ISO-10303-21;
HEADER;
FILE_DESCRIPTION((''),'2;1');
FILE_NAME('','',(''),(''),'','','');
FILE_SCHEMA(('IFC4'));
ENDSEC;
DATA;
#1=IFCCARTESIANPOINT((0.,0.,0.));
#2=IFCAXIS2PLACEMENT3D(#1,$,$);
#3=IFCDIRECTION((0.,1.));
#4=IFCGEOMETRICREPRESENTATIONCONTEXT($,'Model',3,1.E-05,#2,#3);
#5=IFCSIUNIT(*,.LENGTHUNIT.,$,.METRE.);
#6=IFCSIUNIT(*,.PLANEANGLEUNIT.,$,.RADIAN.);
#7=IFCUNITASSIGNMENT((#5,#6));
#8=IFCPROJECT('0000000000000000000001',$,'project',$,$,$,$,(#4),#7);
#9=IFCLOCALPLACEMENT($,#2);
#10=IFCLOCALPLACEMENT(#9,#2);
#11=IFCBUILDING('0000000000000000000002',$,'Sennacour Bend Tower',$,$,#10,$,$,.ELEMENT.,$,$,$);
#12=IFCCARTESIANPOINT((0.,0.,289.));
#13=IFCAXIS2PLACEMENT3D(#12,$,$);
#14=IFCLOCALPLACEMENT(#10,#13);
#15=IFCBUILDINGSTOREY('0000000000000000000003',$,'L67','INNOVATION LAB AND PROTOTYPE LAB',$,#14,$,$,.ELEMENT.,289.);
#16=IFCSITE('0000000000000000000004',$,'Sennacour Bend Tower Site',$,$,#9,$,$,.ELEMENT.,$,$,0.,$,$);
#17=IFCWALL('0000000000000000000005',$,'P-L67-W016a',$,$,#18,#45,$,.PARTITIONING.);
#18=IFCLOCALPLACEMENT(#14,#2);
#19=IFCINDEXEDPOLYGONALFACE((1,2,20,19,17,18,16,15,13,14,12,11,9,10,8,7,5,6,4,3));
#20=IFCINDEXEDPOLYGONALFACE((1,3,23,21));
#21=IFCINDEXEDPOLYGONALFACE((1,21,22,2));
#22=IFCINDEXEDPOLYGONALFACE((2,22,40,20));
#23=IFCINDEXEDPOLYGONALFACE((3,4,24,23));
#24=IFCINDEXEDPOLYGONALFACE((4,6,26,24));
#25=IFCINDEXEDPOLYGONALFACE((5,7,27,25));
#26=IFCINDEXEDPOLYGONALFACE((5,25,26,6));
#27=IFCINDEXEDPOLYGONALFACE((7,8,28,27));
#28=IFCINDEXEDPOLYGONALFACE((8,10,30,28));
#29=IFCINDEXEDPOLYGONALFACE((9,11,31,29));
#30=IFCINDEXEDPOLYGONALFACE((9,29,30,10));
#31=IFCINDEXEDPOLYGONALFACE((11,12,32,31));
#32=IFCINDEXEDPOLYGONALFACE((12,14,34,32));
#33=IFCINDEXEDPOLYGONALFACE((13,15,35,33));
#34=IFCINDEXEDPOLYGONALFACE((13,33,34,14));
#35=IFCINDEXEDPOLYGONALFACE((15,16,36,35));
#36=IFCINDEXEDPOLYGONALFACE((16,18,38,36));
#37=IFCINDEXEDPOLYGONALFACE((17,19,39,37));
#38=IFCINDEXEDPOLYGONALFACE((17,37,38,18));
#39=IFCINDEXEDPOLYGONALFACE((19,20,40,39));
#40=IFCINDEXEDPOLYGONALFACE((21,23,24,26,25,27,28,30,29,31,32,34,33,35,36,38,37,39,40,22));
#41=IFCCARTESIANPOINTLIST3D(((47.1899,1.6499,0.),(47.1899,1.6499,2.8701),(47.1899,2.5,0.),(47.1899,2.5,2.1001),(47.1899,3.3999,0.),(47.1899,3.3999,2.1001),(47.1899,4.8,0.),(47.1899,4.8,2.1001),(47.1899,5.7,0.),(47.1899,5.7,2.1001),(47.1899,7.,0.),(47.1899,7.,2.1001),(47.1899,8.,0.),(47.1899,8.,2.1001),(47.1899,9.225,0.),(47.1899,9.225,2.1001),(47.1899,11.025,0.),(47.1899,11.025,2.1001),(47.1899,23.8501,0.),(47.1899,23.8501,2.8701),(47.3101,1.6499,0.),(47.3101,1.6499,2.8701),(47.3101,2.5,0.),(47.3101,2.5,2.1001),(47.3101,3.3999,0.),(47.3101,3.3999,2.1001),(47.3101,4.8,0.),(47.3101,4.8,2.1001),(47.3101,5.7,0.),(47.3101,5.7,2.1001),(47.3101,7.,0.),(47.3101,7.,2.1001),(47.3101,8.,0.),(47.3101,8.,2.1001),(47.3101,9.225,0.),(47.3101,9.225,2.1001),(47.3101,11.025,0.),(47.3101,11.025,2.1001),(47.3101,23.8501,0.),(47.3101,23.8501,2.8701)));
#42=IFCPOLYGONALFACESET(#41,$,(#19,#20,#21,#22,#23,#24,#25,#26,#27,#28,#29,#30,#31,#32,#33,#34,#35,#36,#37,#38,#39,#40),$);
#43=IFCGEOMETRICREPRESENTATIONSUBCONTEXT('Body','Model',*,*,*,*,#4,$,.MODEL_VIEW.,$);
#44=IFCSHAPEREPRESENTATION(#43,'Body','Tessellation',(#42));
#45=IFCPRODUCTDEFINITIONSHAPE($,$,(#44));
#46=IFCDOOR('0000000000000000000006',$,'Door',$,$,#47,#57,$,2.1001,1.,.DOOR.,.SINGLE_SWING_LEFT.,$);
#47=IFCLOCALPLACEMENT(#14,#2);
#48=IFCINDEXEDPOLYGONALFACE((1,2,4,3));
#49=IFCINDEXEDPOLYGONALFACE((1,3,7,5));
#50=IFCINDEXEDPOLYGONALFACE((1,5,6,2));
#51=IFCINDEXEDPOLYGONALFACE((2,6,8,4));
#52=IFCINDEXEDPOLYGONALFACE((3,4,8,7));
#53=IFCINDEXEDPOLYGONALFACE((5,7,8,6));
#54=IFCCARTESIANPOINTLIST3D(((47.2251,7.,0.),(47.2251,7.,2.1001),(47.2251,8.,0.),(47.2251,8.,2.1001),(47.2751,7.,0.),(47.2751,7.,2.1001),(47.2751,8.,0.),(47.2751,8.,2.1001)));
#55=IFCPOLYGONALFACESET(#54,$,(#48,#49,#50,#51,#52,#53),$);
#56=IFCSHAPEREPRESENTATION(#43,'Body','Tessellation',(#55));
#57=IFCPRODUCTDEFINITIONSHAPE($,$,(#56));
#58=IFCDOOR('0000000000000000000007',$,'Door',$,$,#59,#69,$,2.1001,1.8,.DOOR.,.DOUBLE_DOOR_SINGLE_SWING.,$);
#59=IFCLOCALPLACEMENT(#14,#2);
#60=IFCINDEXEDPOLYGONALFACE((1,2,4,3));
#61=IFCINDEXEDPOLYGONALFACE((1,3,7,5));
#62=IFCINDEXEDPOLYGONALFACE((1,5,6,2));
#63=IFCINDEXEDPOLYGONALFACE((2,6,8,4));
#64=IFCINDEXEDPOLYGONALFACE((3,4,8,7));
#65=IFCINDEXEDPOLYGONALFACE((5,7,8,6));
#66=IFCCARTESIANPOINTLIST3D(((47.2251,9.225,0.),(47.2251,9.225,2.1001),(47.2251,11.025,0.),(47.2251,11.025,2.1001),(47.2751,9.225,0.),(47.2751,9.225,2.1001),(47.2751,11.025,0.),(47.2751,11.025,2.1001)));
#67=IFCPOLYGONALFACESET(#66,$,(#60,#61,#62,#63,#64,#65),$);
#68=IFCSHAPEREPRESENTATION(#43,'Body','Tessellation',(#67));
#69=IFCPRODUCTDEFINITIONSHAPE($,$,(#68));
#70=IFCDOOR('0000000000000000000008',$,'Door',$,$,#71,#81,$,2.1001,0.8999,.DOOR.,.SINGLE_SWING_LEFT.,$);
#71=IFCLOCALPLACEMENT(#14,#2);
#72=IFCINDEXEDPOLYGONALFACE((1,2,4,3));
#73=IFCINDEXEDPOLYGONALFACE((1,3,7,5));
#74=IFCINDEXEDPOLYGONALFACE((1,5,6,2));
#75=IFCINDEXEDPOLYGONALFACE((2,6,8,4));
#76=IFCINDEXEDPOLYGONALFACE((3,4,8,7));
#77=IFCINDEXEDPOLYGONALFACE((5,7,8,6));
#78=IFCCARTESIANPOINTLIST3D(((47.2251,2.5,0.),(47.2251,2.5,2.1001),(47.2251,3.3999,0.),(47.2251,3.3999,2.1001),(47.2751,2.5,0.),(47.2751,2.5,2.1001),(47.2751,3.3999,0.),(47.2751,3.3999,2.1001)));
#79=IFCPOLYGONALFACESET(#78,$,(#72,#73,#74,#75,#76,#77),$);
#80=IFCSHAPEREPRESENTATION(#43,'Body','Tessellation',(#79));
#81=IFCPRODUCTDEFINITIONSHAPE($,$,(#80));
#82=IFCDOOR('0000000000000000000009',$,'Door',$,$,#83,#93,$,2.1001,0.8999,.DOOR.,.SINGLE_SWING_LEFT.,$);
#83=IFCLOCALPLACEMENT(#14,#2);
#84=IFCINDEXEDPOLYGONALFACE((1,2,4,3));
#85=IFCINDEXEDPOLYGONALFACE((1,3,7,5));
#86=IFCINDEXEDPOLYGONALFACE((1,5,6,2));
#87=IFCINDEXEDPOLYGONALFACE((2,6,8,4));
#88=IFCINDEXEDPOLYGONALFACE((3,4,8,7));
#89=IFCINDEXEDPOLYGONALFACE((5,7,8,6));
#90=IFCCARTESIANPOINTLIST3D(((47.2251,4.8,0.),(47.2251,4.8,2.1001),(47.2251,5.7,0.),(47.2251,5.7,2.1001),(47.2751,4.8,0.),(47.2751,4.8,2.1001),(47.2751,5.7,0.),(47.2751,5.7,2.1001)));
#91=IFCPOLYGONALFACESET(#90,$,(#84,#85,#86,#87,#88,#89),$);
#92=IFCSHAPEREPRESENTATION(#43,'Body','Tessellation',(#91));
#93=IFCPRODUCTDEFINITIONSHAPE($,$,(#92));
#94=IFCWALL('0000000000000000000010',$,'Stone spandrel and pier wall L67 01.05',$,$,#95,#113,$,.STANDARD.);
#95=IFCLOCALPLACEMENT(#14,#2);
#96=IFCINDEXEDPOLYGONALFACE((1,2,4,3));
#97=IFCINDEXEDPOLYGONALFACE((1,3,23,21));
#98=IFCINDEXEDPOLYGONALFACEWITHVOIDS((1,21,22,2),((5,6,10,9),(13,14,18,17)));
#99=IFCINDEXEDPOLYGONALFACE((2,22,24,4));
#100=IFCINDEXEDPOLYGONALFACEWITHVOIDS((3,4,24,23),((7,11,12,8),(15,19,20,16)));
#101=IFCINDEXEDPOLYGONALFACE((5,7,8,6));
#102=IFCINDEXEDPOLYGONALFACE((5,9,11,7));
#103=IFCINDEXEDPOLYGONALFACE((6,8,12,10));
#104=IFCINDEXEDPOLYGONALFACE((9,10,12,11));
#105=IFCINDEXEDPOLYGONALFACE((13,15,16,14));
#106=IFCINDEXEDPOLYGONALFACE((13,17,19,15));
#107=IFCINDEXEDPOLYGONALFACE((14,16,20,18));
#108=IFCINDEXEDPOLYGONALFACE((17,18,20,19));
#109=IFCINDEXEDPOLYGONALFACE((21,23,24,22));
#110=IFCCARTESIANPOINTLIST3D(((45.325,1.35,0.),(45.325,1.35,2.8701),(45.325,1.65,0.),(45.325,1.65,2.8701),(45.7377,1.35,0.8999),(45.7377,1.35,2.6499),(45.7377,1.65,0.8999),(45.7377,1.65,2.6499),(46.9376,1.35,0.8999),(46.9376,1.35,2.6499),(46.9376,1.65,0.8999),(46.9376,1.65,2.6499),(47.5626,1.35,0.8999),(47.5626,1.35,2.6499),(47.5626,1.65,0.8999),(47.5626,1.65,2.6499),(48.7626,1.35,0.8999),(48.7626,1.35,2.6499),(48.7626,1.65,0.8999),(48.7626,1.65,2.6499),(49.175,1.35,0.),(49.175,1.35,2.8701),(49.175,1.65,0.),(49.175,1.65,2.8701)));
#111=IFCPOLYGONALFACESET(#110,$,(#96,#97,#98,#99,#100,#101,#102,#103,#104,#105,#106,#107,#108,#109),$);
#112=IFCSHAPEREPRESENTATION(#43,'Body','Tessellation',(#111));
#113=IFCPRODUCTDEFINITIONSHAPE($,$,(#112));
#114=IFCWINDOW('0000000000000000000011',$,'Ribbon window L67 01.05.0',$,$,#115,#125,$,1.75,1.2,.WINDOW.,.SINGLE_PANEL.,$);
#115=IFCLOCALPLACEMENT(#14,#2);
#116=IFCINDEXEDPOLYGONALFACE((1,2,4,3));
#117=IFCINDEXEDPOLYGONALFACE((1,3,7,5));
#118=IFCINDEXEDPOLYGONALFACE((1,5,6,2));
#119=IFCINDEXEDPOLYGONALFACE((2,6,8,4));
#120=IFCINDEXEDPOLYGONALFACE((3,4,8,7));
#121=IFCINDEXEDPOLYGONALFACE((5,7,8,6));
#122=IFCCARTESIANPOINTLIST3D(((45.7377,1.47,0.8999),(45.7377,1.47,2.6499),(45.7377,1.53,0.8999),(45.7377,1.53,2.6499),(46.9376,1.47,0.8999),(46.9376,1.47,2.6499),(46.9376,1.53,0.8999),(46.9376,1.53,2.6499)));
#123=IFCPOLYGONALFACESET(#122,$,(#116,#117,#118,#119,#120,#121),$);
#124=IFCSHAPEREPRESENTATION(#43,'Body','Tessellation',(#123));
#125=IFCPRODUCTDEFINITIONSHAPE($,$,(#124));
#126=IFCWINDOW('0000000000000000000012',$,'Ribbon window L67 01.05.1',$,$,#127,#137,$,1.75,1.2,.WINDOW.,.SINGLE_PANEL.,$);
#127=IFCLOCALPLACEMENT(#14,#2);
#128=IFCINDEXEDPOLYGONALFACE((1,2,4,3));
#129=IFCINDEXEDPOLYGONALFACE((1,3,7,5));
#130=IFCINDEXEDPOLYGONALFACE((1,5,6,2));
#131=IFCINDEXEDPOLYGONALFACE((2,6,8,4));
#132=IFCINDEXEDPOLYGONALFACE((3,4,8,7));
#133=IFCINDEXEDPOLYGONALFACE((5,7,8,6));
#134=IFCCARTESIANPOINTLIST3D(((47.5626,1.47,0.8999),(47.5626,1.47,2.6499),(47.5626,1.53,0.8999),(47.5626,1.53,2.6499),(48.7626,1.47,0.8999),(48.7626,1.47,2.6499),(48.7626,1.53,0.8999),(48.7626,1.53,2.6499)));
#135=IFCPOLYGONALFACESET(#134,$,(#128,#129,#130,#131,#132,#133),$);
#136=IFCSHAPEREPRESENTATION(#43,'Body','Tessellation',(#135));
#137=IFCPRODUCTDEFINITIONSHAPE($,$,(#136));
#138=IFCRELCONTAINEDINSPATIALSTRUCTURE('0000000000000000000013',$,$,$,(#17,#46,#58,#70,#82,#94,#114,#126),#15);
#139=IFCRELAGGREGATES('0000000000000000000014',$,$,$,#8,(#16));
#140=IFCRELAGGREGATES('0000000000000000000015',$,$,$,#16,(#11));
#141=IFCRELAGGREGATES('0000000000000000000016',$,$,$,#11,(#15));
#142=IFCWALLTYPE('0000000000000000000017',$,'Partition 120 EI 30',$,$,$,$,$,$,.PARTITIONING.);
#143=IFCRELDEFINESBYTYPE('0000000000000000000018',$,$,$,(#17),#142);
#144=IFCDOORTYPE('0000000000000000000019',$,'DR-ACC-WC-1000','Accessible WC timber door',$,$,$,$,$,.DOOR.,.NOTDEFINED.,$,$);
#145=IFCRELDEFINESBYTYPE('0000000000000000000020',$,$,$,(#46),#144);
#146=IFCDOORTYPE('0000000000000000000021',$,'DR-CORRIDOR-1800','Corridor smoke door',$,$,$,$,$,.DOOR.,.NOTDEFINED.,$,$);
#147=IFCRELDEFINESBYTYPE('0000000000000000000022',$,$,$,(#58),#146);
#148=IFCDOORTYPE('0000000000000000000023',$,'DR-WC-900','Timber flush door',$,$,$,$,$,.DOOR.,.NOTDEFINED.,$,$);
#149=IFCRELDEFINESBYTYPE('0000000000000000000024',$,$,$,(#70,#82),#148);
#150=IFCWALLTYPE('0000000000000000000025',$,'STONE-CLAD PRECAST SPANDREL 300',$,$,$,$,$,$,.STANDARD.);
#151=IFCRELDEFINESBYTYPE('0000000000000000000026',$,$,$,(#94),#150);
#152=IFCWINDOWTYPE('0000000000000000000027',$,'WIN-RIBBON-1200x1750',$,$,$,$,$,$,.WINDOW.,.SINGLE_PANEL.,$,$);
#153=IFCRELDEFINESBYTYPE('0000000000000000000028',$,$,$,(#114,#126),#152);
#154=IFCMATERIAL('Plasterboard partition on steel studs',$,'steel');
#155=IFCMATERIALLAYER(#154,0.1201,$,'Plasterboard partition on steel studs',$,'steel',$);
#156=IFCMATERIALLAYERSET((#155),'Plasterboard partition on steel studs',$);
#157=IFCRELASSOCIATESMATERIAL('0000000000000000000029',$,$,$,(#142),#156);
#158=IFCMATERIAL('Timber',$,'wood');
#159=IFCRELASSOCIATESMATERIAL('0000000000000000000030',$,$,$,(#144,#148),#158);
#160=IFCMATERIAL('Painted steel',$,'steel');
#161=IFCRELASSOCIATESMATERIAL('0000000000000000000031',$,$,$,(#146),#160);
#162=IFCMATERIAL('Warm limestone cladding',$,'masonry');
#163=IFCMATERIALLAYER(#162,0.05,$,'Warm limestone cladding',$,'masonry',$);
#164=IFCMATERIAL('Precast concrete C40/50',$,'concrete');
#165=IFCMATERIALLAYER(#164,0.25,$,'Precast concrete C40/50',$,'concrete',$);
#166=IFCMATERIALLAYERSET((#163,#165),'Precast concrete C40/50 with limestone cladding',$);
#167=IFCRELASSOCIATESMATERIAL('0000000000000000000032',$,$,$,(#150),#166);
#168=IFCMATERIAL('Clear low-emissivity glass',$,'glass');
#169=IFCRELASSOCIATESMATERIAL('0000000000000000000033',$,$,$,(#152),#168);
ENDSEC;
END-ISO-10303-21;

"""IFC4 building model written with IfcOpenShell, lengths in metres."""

from ifc_helpers import new_model, si_unit, direction, frame, frame_2d, origin, place, context, subcontext, project, spatial, rectangle, extrude, material, layer, layer_set, type_object, element, fill, save


model = new_model("IFC4")

# Units and contexts
model_context = context("Model", 3, precision=1e-05, world=origin(), true_north=direction((0.0, 1.0)))
body_context = subcontext(model_context, "Body", "Model", "MODEL_VIEW")
ifc_project = project(units=[si_unit("LENGTHUNIT", "METRE"), si_unit("PLANEANGLEUNIT", "RADIAN")], contexts=[model_context])

# Site, building, storey
site_placement = place(None, origin())
site = spatial("IfcSite", under=ifc_project, at=site_placement, Name="Sennacour Bend Tower Site", CompositionType="ELEMENT", RefElevation=0.0)
building_placement = place(site_placement, origin())
building = spatial("IfcBuilding", under=site, at=building_placement, Name="Sennacour Bend Tower", CompositionType="ELEMENT")
storey_placement = place(building_placement, frame((0.0, 0.0, 289.0)))
storey = spatial("IfcBuildingStorey", under=building, at=storey_placement, Name="L67", Description="INNOVATION LAB AND PROTOTYPE LAB", CompositionType="ELEMENT", Elevation=289.0)

# Shared definitions
ifc_material_1 = material(Name="Painted steel", Category="steel")

# Shared definitions
ifc_material_2 = material(Name="Plasterboard partition on steel studs", Category="steel")

# Wall, openings, doors
ifc_layer_1 = layer(ifc_material_2, 0.1201, Name="Plasterboard partition on steel studs", Category="steel")
ifc_layer_set_1 = layer_set([ifc_layer_1], Name="Plasterboard partition on steel studs")
wall_type_1 = type_object("IfcWallType", Name="Partition 120 EI 30", PredefinedType="PARTITIONING", material=ifc_layer_set_1)
wall_1_placement = place(storey_placement, frame((47.25, 1.6499, 0.0), z_axis=(0.0, 0.0, 1.0), x_axis=(0.0, 1.0, 0.0)))
wall_1 = element("IfcWall", 1, at=wall_1_placement, inside=storey, type_object=wall_type_1, Name="P-L67-W016a", PredefinedType="PARTITIONING", context=body_context, shape_type="SweptSolid", body=[
    extrude(rectangle(XDim=22.2002, YDim=0.1201, at=frame_2d((11.1001, 0.0))), origin(), (0.0, 0.0, 1.0), 2.8701),
])
opening_1_placement = place(wall_1_placement, frame((7.5752, 0.0, 0.0)))
opening_1 = element("IfcOpeningElement", 2, at=opening_1_placement, cuts=wall_1, PredefinedType="OPENING", context=body_context, shape_type="SweptSolid", body=[
    extrude(rectangle(XDim=1.8, YDim=2.1001, at=frame_2d((0.8999, 1.05))), frame((0.0, 0.0701, 0.0), z_axis=(0.0, -1.0, 0.0), x_axis=(1.0, 0.0, 0.0)), (0.0, 0.0, 1.0), 0.1401),
])
opening_2_placement = place(wall_1_placement, frame((0.8501, 0.0, 0.0)))
opening_2 = element("IfcOpeningElement", 3, at=opening_2_placement, cuts=wall_1, PredefinedType="OPENING", context=body_context, shape_type="SweptSolid", body=[
    extrude(rectangle(XDim=0.8999, YDim=2.1001, at=frame_2d((0.45, 1.05))), frame((0.0, 0.0701, 0.0), z_axis=(0.0, -1.0, 0.0), x_axis=(1.0, 0.0, 0.0)), (0.0, 0.0, 1.0), 0.1401),
])
opening_3_placement = place(wall_1_placement, frame((3.1501, 0.0, 0.0)))
opening_3 = element("IfcOpeningElement", 4, at=opening_3_placement, cuts=wall_1, PredefinedType="OPENING", context=body_context, shape_type="SweptSolid", body=[
    extrude(rectangle(XDim=0.8999, YDim=2.1001, at=frame_2d((0.45, 1.05))), frame((0.0, 0.0701, 0.0), z_axis=(0.0, -1.0, 0.0), x_axis=(1.0, 0.0, 0.0)), (0.0, 0.0, 1.0), 0.1401),
])
opening_4_placement = place(wall_1_placement, frame((5.3501, 0.0, 0.0)))
opening_4 = element("IfcOpeningElement", 5, at=opening_4_placement, cuts=wall_1, PredefinedType="OPENING", context=body_context, shape_type="SweptSolid", body=[
    extrude(rectangle(XDim=1.0, YDim=2.1001, at=frame_2d((0.5, 1.05))), frame((0.0, 0.0701, 0.0), z_axis=(0.0, -1.0, 0.0), x_axis=(1.0, 0.0, 0.0)), (0.0, 0.0, 1.0), 0.1401),
])
ifc_material_3 = material(Name="Timber", Category="wood")
door_type_1 = type_object("IfcDoorType", Name="DR-ACC-WC-1000", Description="Accessible WC timber door", OperationType="NOTDEFINED", PredefinedType="DOOR", material=ifc_material_3)
door_1_placement = place(opening_4_placement, origin())
door_1 = element("IfcDoor", 6, at=door_1_placement, inside=storey, type_object=door_type_1, Name="Door", OperationType="SINGLE_SWING_LEFT", OverallHeight=2.1001, OverallWidth=1.0, PredefinedType="DOOR", context=body_context, shape_type="SweptSolid", body=[
    extrude(rectangle(XDim=1.0, YDim=2.1001, at=frame_2d((0.5, 1.05))), frame((0.0, 0.0249, 0.0), z_axis=(0.0, -1.0, 0.0), x_axis=(1.0, 0.0, 0.0)), (0.0, 0.0, 1.0), 0.05),
])
fill(opening_4, door_1)
door_type_2 = type_object("IfcDoorType", Name="DR-CORRIDOR-1800", Description="Corridor smoke door", OperationType="NOTDEFINED", PredefinedType="DOOR", material=ifc_material_1)
door_2_placement = place(opening_1_placement, origin())
door_2 = element("IfcDoor", 7, at=door_2_placement, inside=storey, type_object=door_type_2, Name="Door", OperationType="DOUBLE_DOOR_SINGLE_SWING", OverallHeight=2.1001, OverallWidth=1.8, PredefinedType="DOOR", context=body_context, shape_type="SweptSolid", body=[
    extrude(rectangle(XDim=1.8, YDim=2.1001, at=frame_2d((0.8999, 1.05))), frame((0.0, 0.0249, 0.0), z_axis=(0.0, -1.0, 0.0), x_axis=(1.0, 0.0, 0.0)), (0.0, 0.0, 1.0), 0.05),
])
fill(opening_1, door_2)
door_type_3 = type_object("IfcDoorType", Name="DR-WC-900", Description="Timber flush door", OperationType="NOTDEFINED", PredefinedType="DOOR", material=ifc_material_3)
door_3_placement = place(opening_2_placement, origin())
door_3 = element("IfcDoor", 8, at=door_3_placement, inside=storey, type_object=door_type_3, Name="Door", OperationType="SINGLE_SWING_LEFT", OverallHeight=2.1001, OverallWidth=0.8999, PredefinedType="DOOR", context=body_context, shape_type="SweptSolid", body=[
    extrude(rectangle(XDim=0.8999, YDim=2.1001, at=frame_2d((0.45, 1.05))), frame((0.0, 0.0249, 0.0), z_axis=(0.0, -1.0, 0.0), x_axis=(1.0, 0.0, 0.0)), (0.0, 0.0, 1.0), 0.05),
])
fill(opening_2, door_3)
door_4_placement = place(opening_3_placement, origin())
door_4 = element("IfcDoor", 9, at=door_4_placement, inside=storey, type_object=door_type_3, Name="Door", OperationType="SINGLE_SWING_LEFT", OverallHeight=2.1001, OverallWidth=0.8999, PredefinedType="DOOR", context=body_context, shape_type="SweptSolid", body=[
    extrude(rectangle(XDim=0.8999, YDim=2.1001, at=frame_2d((0.45, 1.05))), frame((0.0, 0.0249, 0.0), z_axis=(0.0, -1.0, 0.0), x_axis=(1.0, 0.0, 0.0)), (0.0, 0.0, 1.0), 0.05),
])
fill(opening_3, door_4)

# Wall, openings, windows
ifc_material_4 = material(Name="Warm limestone cladding", Category="masonry")
ifc_layer_2 = layer(ifc_material_4, 0.05, Name="Warm limestone cladding", Category="masonry")
ifc_material_5 = material(Name="Precast concrete C40/50", Category="concrete")
ifc_layer_3 = layer(ifc_material_5, 0.25, Name="Precast concrete C40/50", Category="concrete")
ifc_layer_set_2 = layer_set([ifc_layer_2, ifc_layer_3], Name="Precast concrete C40/50 with limestone cladding")
wall_type_2 = type_object("IfcWallType", Name="STONE-CLAD PRECAST SPANDREL 300", PredefinedType="STANDARD", material=ifc_layer_set_2)
wall_2_placement = place(storey_placement, frame((45.325, 1.5, 0.0), z_axis=(0.0, 0.0, 1.0), x_axis=(1.0, 0.0, 0.0)))
wall_2 = element("IfcWall", 10, at=wall_2_placement, inside=storey, type_object=wall_type_2, Name="Stone spandrel and pier wall L67 01.05", PredefinedType="STANDARD", context=body_context, shape_type="SweptSolid", body=[
    extrude(rectangle(XDim=3.8501, YDim=0.3, at=frame_2d((1.925, 0.0))), origin(), (0.0, 0.0, 1.0), 2.8701),
])
opening_5_placement = place(wall_2_placement, frame((0.4126, 0.0, 0.8999)))
opening_5 = element("IfcOpeningElement", 11, at=opening_5_placement, cuts=wall_2, PredefinedType="OPENING", context=body_context, shape_type="SweptSolid", body=[
    extrude(rectangle(XDim=1.2, YDim=1.75, at=frame_2d((0.6001, 0.875))), frame((0.0, 0.1602, 0.0), z_axis=(0.0, -1.0, 0.0), x_axis=(1.0, 0.0, 0.0)), (0.0, 0.0, 1.0), 0.3201),
])
opening_6_placement = place(wall_2_placement, frame((2.2375, 0.0, 0.8999)))
opening_6 = element("IfcOpeningElement", 12, at=opening_6_placement, cuts=wall_2, PredefinedType="OPENING", context=body_context, shape_type="SweptSolid", body=[
    extrude(rectangle(XDim=1.2, YDim=1.75, at=frame_2d((0.6001, 0.875))), frame((0.0, 0.1602, 0.0), z_axis=(0.0, -1.0, 0.0), x_axis=(1.0, 0.0, 0.0)), (0.0, 0.0, 1.0), 0.3201),
])
ifc_material_6 = material(Name="Clear low-emissivity glass", Category="glass")
window_type_1 = type_object("IfcWindowType", Name="WIN-RIBBON-1200x1750", PartitioningType="SINGLE_PANEL", PredefinedType="WINDOW", material=ifc_material_6)
window_1_placement = place(opening_5_placement, origin())
window_1 = element("IfcWindow", 13, at=window_1_placement, inside=storey, type_object=window_type_1, Name="Ribbon window L67 01.05.0", OverallHeight=1.75, OverallWidth=1.2, PartitioningType="SINGLE_PANEL", PredefinedType="WINDOW", context=body_context, shape_type="SweptSolid", body=[
    extrude(rectangle(XDim=1.2, YDim=1.75, at=frame_2d((0.6001, 0.875))), frame((0.0, 0.03, 0.0), z_axis=(0.0, -1.0, 0.0), x_axis=(1.0, 0.0, 0.0)), (0.0, 0.0, 1.0), 0.0601),
])
fill(opening_5, window_1)
window_2_placement = place(opening_6_placement, origin())
window_2 = element("IfcWindow", 14, at=window_2_placement, inside=storey, type_object=window_type_1, Name="Ribbon window L67 01.05.1", OverallHeight=1.75, OverallWidth=1.2, PartitioningType="SINGLE_PANEL", PredefinedType="WINDOW", context=body_context, shape_type="SweptSolid", body=[
    extrude(rectangle(XDim=1.2, YDim=1.75, at=frame_2d((0.6001, 0.875))), frame((0.0, 0.03, 0.0), z_axis=(0.0, -1.0, 0.0), x_axis=(1.0, 0.0, 0.0)), (0.0, 0.0, 1.0), 0.0601),
])
fill(opening_6, window_2)

save(model, "model.ifc")
